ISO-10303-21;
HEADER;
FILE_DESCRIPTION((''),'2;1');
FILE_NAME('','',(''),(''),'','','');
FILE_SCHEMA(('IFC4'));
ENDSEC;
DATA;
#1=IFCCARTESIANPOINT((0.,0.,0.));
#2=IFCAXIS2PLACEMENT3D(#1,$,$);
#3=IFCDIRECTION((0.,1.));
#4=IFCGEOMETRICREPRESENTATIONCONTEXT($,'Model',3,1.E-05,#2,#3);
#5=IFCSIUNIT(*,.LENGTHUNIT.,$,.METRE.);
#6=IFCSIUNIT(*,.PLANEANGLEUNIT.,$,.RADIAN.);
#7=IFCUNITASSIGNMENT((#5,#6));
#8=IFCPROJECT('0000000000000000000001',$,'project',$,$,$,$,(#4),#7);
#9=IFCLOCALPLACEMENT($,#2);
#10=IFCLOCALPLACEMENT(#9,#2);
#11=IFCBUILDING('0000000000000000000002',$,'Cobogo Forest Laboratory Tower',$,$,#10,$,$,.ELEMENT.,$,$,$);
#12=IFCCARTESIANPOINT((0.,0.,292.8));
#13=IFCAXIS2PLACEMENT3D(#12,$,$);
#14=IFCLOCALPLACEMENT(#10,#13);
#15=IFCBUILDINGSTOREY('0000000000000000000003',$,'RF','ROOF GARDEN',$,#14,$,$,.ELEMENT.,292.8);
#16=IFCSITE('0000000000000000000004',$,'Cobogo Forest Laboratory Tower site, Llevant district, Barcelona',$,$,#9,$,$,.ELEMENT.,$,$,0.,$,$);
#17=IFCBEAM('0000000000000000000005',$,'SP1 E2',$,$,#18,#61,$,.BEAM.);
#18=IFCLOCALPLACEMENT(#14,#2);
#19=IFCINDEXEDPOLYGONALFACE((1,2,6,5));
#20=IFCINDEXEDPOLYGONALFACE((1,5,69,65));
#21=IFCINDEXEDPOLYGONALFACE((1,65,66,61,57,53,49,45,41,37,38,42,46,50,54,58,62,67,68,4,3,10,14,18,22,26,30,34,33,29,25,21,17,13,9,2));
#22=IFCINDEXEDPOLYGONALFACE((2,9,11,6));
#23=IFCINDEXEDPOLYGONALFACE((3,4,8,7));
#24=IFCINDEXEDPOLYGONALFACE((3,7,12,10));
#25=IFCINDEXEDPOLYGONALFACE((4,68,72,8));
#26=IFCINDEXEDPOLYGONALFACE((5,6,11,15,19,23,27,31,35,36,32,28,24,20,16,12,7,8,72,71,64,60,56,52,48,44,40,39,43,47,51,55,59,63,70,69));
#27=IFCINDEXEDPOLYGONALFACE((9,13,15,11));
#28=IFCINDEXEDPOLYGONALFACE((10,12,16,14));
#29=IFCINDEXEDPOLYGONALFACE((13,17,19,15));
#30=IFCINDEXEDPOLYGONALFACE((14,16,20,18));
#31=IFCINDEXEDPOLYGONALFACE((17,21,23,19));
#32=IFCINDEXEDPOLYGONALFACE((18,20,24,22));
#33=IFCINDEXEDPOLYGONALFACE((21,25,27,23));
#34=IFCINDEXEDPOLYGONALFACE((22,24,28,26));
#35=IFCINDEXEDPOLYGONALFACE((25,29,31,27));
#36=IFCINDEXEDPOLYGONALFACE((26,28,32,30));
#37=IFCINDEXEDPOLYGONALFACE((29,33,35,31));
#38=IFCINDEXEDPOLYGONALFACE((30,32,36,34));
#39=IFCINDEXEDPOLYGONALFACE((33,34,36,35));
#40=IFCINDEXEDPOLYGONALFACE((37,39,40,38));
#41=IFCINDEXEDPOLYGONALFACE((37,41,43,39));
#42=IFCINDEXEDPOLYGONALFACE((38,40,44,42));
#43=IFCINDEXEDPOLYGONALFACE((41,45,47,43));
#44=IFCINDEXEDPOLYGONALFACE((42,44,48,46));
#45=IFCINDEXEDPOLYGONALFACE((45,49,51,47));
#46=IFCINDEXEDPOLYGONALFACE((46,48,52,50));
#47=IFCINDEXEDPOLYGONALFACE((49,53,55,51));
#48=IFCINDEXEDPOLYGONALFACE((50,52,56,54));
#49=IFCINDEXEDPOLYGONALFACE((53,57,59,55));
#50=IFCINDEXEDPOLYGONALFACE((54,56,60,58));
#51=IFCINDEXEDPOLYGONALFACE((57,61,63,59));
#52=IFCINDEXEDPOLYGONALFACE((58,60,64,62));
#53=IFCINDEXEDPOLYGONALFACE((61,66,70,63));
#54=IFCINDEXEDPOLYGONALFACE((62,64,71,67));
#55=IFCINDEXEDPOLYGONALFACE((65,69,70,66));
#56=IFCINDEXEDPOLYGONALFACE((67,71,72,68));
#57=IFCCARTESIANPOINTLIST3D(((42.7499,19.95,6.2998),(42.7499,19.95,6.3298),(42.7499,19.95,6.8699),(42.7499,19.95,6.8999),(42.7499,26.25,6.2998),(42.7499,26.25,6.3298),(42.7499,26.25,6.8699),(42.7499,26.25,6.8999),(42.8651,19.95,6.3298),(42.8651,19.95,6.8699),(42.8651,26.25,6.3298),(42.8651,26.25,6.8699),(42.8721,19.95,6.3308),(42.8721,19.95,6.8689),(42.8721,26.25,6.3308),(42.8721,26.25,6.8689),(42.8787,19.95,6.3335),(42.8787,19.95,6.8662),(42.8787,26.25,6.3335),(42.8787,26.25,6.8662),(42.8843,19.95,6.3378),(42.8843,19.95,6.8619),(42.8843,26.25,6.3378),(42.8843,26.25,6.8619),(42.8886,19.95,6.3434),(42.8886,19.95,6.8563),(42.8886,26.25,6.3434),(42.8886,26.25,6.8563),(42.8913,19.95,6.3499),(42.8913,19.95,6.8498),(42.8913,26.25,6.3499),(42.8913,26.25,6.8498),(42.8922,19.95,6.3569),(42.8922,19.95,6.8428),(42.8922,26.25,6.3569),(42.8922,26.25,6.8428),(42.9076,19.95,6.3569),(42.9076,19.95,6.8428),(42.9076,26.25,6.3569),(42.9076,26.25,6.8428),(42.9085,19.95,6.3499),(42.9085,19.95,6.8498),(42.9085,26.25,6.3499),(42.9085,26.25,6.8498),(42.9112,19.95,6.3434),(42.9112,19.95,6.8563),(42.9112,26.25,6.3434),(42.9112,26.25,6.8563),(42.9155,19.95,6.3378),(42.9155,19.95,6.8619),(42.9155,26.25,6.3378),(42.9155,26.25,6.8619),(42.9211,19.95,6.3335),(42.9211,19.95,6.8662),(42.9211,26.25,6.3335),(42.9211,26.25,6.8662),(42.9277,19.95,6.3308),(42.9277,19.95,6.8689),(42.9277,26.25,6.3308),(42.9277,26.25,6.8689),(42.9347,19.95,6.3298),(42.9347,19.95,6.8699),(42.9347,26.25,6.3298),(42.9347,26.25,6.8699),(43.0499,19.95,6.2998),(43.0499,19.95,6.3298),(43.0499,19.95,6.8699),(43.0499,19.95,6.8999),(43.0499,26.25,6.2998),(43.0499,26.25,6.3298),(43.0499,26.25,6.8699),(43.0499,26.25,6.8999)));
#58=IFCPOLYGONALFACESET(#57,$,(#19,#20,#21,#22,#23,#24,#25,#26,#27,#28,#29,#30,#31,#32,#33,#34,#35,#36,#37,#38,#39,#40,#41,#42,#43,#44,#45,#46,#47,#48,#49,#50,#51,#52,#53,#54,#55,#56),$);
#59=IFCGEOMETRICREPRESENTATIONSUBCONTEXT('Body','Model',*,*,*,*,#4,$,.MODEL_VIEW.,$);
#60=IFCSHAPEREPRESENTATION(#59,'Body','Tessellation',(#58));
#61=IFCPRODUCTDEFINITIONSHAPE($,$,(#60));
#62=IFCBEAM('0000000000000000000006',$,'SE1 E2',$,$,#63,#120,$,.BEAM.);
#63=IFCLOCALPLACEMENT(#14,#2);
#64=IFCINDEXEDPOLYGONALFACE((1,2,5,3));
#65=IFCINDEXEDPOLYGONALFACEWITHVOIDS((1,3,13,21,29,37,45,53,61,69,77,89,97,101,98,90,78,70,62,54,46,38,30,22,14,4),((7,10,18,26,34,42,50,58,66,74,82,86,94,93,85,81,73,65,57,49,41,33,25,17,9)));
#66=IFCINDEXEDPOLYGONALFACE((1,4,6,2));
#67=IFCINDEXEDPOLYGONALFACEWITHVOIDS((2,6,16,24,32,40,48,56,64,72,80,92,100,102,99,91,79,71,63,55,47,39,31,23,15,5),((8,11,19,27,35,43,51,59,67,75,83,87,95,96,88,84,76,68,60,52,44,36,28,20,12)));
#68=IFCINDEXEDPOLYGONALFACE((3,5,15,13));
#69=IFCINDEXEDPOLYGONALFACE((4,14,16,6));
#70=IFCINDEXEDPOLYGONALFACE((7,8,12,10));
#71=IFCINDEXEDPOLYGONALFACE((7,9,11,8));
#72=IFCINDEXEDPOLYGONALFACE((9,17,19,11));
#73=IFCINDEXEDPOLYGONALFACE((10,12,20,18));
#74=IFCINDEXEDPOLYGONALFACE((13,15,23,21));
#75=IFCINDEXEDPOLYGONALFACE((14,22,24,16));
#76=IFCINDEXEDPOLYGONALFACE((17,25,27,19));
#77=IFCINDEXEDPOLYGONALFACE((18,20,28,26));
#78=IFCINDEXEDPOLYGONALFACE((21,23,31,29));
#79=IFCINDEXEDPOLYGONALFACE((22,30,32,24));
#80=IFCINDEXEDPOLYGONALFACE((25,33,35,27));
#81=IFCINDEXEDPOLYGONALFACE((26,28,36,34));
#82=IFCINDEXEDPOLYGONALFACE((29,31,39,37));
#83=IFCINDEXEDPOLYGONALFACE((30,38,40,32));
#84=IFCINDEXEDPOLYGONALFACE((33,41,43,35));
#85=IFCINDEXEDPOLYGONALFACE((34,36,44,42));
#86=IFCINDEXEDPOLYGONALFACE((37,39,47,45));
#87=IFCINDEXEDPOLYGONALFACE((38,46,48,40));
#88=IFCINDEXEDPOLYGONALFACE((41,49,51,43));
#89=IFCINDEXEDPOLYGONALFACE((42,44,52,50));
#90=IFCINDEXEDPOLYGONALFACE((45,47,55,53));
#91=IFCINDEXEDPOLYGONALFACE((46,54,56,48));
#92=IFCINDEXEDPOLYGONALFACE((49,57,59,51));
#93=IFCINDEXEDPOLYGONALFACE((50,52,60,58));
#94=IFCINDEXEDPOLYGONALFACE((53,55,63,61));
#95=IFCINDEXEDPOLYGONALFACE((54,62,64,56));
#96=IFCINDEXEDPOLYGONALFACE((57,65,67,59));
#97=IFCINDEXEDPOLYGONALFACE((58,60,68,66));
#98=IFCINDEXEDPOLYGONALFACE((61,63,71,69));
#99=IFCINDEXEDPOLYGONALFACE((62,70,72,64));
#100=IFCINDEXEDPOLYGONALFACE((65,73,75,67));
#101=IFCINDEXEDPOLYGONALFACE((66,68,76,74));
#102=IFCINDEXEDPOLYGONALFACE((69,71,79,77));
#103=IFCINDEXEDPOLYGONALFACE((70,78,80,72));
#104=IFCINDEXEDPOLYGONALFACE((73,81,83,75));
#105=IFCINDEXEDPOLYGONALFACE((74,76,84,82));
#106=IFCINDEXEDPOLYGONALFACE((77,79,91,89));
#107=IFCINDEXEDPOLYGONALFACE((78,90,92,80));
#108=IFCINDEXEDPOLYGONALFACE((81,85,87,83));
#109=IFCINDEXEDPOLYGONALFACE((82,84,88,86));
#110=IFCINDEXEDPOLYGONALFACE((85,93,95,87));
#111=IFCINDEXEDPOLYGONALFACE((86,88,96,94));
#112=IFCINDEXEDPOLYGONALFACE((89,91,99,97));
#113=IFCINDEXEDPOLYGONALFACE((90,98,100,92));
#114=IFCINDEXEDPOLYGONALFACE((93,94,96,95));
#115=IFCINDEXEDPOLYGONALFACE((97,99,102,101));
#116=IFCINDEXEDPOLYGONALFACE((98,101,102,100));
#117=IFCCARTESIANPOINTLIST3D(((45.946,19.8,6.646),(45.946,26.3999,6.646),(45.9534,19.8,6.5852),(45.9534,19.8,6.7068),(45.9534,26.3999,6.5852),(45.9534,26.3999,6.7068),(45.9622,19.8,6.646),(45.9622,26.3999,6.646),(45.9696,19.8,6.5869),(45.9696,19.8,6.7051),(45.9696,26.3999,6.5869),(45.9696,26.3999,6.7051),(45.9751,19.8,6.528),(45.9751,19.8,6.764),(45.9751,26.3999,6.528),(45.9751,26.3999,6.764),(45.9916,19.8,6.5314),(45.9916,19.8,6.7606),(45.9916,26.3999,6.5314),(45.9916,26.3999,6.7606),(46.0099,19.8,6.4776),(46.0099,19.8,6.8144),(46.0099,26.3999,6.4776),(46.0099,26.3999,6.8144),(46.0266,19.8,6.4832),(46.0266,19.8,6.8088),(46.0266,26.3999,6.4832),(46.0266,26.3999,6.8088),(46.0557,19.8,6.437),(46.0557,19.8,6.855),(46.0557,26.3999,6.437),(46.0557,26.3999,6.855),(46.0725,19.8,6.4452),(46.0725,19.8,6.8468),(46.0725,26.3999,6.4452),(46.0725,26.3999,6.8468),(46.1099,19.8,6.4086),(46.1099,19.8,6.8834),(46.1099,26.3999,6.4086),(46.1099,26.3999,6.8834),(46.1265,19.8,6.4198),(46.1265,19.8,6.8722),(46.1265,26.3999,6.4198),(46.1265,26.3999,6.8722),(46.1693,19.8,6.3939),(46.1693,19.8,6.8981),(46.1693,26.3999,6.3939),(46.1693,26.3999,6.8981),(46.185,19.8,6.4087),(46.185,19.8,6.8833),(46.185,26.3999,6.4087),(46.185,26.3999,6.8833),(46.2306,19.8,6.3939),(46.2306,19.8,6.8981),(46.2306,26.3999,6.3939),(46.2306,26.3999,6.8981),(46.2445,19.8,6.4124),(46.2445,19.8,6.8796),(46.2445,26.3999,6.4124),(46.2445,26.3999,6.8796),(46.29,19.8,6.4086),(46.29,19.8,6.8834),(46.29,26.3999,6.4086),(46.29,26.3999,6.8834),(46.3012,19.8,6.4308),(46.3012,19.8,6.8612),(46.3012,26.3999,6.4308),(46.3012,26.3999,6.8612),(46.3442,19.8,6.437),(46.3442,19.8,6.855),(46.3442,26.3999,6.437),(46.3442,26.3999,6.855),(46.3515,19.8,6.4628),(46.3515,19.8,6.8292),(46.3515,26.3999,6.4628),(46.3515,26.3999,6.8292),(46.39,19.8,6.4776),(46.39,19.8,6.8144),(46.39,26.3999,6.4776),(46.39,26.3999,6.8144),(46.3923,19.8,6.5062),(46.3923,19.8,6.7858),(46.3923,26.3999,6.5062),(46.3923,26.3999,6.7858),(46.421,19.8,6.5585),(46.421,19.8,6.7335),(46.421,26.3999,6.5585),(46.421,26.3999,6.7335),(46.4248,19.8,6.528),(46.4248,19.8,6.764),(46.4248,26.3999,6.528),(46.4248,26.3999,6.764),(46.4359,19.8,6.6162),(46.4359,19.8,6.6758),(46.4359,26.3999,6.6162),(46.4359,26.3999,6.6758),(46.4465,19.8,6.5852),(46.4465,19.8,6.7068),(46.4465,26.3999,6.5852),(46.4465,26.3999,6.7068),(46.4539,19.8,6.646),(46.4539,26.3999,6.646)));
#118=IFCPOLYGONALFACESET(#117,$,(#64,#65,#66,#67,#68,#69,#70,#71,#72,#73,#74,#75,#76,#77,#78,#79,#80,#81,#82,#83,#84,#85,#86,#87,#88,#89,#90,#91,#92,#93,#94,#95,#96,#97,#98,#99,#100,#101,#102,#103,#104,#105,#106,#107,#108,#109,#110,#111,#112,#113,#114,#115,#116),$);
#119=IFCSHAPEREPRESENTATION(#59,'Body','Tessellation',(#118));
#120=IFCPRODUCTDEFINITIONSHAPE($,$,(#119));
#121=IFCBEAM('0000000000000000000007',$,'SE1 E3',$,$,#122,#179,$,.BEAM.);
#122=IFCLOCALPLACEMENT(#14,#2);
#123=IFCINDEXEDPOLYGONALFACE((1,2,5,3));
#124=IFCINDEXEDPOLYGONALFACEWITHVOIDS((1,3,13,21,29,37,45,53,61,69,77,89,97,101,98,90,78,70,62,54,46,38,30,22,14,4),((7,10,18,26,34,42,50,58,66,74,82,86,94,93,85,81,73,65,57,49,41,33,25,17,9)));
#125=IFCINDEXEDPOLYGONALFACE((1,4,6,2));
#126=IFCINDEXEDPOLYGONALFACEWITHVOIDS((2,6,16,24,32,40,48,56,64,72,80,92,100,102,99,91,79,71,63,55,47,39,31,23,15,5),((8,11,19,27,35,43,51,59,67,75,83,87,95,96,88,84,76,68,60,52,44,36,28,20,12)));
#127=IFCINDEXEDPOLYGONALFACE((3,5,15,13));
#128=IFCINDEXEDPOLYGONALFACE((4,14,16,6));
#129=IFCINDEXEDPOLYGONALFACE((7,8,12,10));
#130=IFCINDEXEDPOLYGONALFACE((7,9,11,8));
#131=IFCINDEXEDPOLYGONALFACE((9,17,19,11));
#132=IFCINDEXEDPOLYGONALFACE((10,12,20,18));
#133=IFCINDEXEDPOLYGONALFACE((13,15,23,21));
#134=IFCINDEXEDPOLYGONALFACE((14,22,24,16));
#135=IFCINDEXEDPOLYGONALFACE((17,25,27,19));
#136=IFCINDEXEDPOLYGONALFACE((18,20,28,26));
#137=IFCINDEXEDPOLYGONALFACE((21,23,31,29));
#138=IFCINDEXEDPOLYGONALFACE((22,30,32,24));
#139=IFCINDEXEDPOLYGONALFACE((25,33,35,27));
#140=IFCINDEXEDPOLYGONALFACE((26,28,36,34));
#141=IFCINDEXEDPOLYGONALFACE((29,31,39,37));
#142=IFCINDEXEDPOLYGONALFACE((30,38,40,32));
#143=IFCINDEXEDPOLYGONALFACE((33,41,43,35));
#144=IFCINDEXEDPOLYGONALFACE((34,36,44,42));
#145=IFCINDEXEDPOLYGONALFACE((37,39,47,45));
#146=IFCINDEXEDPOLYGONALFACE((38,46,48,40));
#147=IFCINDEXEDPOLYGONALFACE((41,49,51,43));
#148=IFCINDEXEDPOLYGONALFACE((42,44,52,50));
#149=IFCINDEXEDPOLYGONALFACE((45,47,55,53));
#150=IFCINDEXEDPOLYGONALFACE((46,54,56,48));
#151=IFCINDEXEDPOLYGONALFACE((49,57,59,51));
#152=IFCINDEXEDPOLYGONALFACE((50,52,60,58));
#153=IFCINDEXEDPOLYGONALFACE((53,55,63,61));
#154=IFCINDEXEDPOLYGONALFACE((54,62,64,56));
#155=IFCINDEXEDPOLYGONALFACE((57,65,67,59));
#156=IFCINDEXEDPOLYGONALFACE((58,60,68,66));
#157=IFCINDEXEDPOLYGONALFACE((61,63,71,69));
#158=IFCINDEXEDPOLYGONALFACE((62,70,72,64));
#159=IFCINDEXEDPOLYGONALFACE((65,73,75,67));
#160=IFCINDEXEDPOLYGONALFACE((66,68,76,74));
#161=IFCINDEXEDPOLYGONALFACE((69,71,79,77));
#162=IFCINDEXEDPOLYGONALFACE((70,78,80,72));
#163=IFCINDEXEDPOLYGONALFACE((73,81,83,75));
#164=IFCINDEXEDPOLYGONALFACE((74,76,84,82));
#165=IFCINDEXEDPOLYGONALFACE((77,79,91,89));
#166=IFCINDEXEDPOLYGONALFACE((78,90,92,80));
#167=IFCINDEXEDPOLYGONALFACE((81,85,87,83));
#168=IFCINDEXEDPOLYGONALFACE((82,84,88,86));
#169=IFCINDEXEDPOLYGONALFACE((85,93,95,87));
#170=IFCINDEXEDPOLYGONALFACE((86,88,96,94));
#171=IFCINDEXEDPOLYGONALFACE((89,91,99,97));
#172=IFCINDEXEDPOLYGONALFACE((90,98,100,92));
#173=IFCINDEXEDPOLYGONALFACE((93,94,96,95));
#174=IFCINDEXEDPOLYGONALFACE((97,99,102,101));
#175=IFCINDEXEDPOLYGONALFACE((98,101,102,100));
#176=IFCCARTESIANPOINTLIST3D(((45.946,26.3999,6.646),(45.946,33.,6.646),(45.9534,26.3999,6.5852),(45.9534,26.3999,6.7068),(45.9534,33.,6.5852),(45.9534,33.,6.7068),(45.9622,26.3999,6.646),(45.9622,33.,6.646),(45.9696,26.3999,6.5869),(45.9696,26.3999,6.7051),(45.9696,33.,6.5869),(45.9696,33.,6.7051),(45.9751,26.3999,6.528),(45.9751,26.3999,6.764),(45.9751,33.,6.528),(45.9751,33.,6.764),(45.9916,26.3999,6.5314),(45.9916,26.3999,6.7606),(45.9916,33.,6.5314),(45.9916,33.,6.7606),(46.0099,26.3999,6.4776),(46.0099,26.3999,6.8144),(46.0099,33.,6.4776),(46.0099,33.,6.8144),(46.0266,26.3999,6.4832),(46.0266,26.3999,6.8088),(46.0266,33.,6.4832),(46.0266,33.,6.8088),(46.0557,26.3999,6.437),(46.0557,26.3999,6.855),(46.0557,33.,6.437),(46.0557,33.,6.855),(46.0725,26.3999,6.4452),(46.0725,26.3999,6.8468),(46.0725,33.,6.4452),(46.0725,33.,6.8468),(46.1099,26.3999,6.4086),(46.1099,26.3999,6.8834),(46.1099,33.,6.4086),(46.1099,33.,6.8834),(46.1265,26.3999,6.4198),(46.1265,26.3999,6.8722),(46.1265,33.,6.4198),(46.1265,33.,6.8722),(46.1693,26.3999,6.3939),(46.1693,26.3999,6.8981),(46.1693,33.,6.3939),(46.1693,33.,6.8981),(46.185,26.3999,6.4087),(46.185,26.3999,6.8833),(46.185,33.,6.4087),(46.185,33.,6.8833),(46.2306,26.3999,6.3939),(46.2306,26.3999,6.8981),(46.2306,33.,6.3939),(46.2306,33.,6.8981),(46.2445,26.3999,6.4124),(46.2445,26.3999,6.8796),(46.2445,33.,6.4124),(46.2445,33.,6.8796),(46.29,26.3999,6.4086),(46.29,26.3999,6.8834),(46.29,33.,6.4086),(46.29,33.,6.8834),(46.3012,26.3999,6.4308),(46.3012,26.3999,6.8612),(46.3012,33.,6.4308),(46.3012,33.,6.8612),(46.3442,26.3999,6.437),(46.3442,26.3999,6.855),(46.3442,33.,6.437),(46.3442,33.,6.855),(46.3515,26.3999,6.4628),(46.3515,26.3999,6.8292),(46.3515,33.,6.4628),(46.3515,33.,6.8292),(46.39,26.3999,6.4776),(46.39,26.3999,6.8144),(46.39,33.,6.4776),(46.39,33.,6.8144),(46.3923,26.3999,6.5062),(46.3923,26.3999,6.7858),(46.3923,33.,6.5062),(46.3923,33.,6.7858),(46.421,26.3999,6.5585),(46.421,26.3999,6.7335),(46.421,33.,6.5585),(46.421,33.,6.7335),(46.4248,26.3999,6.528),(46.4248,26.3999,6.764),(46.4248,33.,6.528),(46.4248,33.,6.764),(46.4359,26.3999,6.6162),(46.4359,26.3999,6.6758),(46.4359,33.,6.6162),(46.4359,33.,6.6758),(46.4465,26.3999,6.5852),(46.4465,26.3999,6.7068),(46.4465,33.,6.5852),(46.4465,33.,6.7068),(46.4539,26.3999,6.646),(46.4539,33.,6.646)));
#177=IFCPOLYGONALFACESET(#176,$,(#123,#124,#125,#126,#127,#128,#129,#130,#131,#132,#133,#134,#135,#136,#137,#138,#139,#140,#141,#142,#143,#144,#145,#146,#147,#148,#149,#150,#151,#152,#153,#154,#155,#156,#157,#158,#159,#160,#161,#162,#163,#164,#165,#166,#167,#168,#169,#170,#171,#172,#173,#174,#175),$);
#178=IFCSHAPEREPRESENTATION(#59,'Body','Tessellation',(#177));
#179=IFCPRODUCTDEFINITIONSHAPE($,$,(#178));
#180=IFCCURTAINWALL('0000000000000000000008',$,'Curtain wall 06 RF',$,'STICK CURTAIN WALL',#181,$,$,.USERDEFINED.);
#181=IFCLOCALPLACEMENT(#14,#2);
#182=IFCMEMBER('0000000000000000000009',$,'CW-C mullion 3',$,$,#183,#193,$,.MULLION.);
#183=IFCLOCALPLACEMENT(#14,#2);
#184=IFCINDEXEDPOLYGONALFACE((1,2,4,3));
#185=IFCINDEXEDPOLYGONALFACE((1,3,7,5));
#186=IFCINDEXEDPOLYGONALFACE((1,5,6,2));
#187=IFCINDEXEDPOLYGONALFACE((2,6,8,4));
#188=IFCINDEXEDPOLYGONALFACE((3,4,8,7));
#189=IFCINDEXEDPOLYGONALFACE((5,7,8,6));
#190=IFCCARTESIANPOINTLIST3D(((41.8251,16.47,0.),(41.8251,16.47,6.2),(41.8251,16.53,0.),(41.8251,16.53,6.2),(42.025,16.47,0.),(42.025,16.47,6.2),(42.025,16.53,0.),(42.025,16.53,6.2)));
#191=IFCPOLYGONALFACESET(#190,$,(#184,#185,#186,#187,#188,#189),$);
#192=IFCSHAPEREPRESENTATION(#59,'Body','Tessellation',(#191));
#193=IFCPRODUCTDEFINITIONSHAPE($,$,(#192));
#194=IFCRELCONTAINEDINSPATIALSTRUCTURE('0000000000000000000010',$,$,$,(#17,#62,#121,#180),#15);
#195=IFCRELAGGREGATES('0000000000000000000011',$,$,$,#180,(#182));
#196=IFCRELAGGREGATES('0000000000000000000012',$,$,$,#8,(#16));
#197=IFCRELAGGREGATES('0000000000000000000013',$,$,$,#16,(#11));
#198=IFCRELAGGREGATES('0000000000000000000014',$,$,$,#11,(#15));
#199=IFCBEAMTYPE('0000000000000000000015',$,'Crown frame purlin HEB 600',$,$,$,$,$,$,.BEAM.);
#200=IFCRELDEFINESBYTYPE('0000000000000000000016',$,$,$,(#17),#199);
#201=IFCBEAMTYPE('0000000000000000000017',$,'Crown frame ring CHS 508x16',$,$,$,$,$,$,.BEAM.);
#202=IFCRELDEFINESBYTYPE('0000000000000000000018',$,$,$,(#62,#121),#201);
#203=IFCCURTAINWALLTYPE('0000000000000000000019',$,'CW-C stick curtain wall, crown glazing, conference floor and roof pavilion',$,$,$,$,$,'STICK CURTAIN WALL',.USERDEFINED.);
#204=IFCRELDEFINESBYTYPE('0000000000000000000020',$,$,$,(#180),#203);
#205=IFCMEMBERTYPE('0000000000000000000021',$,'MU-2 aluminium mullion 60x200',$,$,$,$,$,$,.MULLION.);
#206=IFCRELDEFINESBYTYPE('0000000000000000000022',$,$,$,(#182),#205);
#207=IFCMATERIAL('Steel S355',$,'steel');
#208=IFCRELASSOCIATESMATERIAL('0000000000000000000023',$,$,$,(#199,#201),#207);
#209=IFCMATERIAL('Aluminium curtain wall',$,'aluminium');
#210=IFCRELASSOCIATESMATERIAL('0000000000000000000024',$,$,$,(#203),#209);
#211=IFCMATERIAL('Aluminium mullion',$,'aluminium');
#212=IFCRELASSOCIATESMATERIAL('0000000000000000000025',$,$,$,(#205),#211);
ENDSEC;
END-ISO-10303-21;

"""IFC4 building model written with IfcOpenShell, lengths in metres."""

from ifc_helpers import new_model, si_unit, direction, frame, origin, origin_2d, place, context, subcontext, project, spatial, rectangle, hollow_circle, i_section, extrude, material, material_profile, profile_set, type_object, element, aggregate, save


model = new_model("IFC4")

# Units and contexts
model_context = context("Model", 3, precision=1e-05, world=origin(), true_north=direction((0.0, 1.0)))
body_context = subcontext(model_context, "Body", "Model", "MODEL_VIEW")
ifc_project = project(units=[si_unit("LENGTHUNIT", "METRE"), si_unit("PLANEANGLEUNIT", "RADIAN")], contexts=[model_context])

# Site, building, storey
site_placement = place(None, origin())
site = spatial("IfcSite", under=ifc_project, at=site_placement, Name="Cobogo Forest Laboratory Tower site, Llevant district, Barcelona", CompositionType="ELEMENT", RefElevation=0.0)
building_placement = place(site_placement, origin())
building = spatial("IfcBuilding", under=site, at=building_placement, Name="Cobogo Forest Laboratory Tower", CompositionType="ELEMENT")
storey_placement = place(building_placement, frame((0.0, 0.0, 292.8)))
storey = spatial("IfcBuildingStorey", under=building, at=storey_placement, Name="RF", Description="ROOF GARDEN", CompositionType="ELEMENT", Elevation=292.8)

# Shared definitions
ifc_material_1 = material(Name="Steel S355", Category="steel")

# Beams
ifc_material_profile_1 = material_profile(ifc_material_1, i_section(OverallWidth=0.3, OverallDepth=0.6001, WebThickness=0.0154, FlangeThickness=0.03, FilletRadius=0.0271, at=origin_2d()), Name="HEB 600")
ifc_profile_set_1 = profile_set([ifc_material_profile_1], Name="Steel S355")
beam_type_1 = type_object("IfcBeamType", Name="Crown frame purlin HEB 600", PredefinedType="BEAM", material=ifc_profile_set_1)
beam_1_placement = place(storey_placement, frame((42.8999, 19.95, 6.5999), z_axis=(0.0, 1.0, 0.0), x_axis=(-1.0, 0.0, 0.0)))
element("IfcBeam", 1, at=beam_1_placement, inside=storey, type_object=beam_type_1, Name="SP1 E2", PredefinedType="BEAM", context=body_context, shape_type="SweptSolid", body=[
    extrude(i_section(OverallWidth=0.3, OverallDepth=0.6001, WebThickness=0.0154, FlangeThickness=0.03, FilletRadius=0.0271, at=origin_2d()), origin(), (0.0, 0.0, 1.0), 6.3),
])
ifc_material_profile_2 = material_profile(ifc_material_1, hollow_circle(Radius=0.2539, WallThickness=0.0161, at=origin_2d()), Name="CHS 508x16")
ifc_profile_set_2 = profile_set([ifc_material_profile_2], Name="Steel S355")
beam_type_2 = type_object("IfcBeamType", Name="Crown frame ring CHS 508x16", PredefinedType="BEAM", material=ifc_profile_set_2)
beam_2_placement = place(storey_placement, frame((46.2, 19.8, 6.646), z_axis=(0.0, 1.0, 0.0), x_axis=(-1.0, 0.0, 0.0)))
element("IfcBeam", 2, at=beam_2_placement, inside=storey, type_object=beam_type_2, Name="SE1 E2", PredefinedType="BEAM", context=body_context, shape_type="SweptSolid", body=[
    extrude(hollow_circle(Radius=0.2539, WallThickness=0.0161, at=origin_2d()), origin(), (0.0, 0.0, 1.0), 6.5999),
])
beam_3_placement = place(storey_placement, frame((46.2, 26.3999, 6.646), z_axis=(0.0, 1.0, 0.0), x_axis=(-1.0, 0.0, 0.0)))
element("IfcBeam", 3, at=beam_3_placement, inside=storey, type_object=beam_type_2, Name="SE1 E3", PredefinedType="BEAM", context=body_context, shape_type="SweptSolid", body=[
    extrude(hollow_circle(Radius=0.2539, WallThickness=0.0161, at=origin_2d()), origin(), (0.0, 0.0, 1.0), 6.6001),
])

# Curtain wall, member
ifc_material_2 = material(Name="Aluminium curtain wall", Category="aluminium")
curtain_wall_type = type_object("IfcCurtainWallType", Name="CW-C stick curtain wall, crown glazing, conference floor and roof pavilion", ElementType="STICK CURTAIN WALL", PredefinedType="USERDEFINED", material=ifc_material_2)
curtain_wall_1_placement = place(storey_placement, origin())
curtain_wall_1 = element("IfcCurtainWall", 4, at=curtain_wall_1_placement, inside=storey, type_object=curtain_wall_type, Name="Curtain wall 06 RF", ObjectType="STICK CURTAIN WALL", PredefinedType="USERDEFINED")
ifc_material_3 = material(Name="Aluminium mullion", Category="aluminium")
ifc_material_profile_3 = material_profile(ifc_material_3, rectangle(XDim=0.0601, YDim=0.2, at=origin_2d()), Name="AL 60x200")
ifc_profile_set_3 = profile_set([ifc_material_profile_3], Name="Aluminium mullion")
member_type_1 = type_object("IfcMemberType", Name="MU-2 aluminium mullion 60x200", PredefinedType="MULLION", material=ifc_profile_set_3)
member_1_placement = place(storey_placement, frame((41.925, 16.5, 0.0), z_axis=(0.0, 0.0, 1.0), x_axis=(0.0, 1.0, 0.0)))
member_1 = element("IfcMember", 5, at=member_1_placement, type_object=member_type_1, Name="CW-C mullion 3", PredefinedType="MULLION", context=body_context, shape_type="SweptSolid", body=[
    extrude(rectangle(XDim=0.0601, YDim=0.2, at=origin_2d()), origin(), (0.0, 0.0, 1.0), 6.2),
])

aggregate(curtain_wall_1, [member_1])

save(model, "model.ifc")
